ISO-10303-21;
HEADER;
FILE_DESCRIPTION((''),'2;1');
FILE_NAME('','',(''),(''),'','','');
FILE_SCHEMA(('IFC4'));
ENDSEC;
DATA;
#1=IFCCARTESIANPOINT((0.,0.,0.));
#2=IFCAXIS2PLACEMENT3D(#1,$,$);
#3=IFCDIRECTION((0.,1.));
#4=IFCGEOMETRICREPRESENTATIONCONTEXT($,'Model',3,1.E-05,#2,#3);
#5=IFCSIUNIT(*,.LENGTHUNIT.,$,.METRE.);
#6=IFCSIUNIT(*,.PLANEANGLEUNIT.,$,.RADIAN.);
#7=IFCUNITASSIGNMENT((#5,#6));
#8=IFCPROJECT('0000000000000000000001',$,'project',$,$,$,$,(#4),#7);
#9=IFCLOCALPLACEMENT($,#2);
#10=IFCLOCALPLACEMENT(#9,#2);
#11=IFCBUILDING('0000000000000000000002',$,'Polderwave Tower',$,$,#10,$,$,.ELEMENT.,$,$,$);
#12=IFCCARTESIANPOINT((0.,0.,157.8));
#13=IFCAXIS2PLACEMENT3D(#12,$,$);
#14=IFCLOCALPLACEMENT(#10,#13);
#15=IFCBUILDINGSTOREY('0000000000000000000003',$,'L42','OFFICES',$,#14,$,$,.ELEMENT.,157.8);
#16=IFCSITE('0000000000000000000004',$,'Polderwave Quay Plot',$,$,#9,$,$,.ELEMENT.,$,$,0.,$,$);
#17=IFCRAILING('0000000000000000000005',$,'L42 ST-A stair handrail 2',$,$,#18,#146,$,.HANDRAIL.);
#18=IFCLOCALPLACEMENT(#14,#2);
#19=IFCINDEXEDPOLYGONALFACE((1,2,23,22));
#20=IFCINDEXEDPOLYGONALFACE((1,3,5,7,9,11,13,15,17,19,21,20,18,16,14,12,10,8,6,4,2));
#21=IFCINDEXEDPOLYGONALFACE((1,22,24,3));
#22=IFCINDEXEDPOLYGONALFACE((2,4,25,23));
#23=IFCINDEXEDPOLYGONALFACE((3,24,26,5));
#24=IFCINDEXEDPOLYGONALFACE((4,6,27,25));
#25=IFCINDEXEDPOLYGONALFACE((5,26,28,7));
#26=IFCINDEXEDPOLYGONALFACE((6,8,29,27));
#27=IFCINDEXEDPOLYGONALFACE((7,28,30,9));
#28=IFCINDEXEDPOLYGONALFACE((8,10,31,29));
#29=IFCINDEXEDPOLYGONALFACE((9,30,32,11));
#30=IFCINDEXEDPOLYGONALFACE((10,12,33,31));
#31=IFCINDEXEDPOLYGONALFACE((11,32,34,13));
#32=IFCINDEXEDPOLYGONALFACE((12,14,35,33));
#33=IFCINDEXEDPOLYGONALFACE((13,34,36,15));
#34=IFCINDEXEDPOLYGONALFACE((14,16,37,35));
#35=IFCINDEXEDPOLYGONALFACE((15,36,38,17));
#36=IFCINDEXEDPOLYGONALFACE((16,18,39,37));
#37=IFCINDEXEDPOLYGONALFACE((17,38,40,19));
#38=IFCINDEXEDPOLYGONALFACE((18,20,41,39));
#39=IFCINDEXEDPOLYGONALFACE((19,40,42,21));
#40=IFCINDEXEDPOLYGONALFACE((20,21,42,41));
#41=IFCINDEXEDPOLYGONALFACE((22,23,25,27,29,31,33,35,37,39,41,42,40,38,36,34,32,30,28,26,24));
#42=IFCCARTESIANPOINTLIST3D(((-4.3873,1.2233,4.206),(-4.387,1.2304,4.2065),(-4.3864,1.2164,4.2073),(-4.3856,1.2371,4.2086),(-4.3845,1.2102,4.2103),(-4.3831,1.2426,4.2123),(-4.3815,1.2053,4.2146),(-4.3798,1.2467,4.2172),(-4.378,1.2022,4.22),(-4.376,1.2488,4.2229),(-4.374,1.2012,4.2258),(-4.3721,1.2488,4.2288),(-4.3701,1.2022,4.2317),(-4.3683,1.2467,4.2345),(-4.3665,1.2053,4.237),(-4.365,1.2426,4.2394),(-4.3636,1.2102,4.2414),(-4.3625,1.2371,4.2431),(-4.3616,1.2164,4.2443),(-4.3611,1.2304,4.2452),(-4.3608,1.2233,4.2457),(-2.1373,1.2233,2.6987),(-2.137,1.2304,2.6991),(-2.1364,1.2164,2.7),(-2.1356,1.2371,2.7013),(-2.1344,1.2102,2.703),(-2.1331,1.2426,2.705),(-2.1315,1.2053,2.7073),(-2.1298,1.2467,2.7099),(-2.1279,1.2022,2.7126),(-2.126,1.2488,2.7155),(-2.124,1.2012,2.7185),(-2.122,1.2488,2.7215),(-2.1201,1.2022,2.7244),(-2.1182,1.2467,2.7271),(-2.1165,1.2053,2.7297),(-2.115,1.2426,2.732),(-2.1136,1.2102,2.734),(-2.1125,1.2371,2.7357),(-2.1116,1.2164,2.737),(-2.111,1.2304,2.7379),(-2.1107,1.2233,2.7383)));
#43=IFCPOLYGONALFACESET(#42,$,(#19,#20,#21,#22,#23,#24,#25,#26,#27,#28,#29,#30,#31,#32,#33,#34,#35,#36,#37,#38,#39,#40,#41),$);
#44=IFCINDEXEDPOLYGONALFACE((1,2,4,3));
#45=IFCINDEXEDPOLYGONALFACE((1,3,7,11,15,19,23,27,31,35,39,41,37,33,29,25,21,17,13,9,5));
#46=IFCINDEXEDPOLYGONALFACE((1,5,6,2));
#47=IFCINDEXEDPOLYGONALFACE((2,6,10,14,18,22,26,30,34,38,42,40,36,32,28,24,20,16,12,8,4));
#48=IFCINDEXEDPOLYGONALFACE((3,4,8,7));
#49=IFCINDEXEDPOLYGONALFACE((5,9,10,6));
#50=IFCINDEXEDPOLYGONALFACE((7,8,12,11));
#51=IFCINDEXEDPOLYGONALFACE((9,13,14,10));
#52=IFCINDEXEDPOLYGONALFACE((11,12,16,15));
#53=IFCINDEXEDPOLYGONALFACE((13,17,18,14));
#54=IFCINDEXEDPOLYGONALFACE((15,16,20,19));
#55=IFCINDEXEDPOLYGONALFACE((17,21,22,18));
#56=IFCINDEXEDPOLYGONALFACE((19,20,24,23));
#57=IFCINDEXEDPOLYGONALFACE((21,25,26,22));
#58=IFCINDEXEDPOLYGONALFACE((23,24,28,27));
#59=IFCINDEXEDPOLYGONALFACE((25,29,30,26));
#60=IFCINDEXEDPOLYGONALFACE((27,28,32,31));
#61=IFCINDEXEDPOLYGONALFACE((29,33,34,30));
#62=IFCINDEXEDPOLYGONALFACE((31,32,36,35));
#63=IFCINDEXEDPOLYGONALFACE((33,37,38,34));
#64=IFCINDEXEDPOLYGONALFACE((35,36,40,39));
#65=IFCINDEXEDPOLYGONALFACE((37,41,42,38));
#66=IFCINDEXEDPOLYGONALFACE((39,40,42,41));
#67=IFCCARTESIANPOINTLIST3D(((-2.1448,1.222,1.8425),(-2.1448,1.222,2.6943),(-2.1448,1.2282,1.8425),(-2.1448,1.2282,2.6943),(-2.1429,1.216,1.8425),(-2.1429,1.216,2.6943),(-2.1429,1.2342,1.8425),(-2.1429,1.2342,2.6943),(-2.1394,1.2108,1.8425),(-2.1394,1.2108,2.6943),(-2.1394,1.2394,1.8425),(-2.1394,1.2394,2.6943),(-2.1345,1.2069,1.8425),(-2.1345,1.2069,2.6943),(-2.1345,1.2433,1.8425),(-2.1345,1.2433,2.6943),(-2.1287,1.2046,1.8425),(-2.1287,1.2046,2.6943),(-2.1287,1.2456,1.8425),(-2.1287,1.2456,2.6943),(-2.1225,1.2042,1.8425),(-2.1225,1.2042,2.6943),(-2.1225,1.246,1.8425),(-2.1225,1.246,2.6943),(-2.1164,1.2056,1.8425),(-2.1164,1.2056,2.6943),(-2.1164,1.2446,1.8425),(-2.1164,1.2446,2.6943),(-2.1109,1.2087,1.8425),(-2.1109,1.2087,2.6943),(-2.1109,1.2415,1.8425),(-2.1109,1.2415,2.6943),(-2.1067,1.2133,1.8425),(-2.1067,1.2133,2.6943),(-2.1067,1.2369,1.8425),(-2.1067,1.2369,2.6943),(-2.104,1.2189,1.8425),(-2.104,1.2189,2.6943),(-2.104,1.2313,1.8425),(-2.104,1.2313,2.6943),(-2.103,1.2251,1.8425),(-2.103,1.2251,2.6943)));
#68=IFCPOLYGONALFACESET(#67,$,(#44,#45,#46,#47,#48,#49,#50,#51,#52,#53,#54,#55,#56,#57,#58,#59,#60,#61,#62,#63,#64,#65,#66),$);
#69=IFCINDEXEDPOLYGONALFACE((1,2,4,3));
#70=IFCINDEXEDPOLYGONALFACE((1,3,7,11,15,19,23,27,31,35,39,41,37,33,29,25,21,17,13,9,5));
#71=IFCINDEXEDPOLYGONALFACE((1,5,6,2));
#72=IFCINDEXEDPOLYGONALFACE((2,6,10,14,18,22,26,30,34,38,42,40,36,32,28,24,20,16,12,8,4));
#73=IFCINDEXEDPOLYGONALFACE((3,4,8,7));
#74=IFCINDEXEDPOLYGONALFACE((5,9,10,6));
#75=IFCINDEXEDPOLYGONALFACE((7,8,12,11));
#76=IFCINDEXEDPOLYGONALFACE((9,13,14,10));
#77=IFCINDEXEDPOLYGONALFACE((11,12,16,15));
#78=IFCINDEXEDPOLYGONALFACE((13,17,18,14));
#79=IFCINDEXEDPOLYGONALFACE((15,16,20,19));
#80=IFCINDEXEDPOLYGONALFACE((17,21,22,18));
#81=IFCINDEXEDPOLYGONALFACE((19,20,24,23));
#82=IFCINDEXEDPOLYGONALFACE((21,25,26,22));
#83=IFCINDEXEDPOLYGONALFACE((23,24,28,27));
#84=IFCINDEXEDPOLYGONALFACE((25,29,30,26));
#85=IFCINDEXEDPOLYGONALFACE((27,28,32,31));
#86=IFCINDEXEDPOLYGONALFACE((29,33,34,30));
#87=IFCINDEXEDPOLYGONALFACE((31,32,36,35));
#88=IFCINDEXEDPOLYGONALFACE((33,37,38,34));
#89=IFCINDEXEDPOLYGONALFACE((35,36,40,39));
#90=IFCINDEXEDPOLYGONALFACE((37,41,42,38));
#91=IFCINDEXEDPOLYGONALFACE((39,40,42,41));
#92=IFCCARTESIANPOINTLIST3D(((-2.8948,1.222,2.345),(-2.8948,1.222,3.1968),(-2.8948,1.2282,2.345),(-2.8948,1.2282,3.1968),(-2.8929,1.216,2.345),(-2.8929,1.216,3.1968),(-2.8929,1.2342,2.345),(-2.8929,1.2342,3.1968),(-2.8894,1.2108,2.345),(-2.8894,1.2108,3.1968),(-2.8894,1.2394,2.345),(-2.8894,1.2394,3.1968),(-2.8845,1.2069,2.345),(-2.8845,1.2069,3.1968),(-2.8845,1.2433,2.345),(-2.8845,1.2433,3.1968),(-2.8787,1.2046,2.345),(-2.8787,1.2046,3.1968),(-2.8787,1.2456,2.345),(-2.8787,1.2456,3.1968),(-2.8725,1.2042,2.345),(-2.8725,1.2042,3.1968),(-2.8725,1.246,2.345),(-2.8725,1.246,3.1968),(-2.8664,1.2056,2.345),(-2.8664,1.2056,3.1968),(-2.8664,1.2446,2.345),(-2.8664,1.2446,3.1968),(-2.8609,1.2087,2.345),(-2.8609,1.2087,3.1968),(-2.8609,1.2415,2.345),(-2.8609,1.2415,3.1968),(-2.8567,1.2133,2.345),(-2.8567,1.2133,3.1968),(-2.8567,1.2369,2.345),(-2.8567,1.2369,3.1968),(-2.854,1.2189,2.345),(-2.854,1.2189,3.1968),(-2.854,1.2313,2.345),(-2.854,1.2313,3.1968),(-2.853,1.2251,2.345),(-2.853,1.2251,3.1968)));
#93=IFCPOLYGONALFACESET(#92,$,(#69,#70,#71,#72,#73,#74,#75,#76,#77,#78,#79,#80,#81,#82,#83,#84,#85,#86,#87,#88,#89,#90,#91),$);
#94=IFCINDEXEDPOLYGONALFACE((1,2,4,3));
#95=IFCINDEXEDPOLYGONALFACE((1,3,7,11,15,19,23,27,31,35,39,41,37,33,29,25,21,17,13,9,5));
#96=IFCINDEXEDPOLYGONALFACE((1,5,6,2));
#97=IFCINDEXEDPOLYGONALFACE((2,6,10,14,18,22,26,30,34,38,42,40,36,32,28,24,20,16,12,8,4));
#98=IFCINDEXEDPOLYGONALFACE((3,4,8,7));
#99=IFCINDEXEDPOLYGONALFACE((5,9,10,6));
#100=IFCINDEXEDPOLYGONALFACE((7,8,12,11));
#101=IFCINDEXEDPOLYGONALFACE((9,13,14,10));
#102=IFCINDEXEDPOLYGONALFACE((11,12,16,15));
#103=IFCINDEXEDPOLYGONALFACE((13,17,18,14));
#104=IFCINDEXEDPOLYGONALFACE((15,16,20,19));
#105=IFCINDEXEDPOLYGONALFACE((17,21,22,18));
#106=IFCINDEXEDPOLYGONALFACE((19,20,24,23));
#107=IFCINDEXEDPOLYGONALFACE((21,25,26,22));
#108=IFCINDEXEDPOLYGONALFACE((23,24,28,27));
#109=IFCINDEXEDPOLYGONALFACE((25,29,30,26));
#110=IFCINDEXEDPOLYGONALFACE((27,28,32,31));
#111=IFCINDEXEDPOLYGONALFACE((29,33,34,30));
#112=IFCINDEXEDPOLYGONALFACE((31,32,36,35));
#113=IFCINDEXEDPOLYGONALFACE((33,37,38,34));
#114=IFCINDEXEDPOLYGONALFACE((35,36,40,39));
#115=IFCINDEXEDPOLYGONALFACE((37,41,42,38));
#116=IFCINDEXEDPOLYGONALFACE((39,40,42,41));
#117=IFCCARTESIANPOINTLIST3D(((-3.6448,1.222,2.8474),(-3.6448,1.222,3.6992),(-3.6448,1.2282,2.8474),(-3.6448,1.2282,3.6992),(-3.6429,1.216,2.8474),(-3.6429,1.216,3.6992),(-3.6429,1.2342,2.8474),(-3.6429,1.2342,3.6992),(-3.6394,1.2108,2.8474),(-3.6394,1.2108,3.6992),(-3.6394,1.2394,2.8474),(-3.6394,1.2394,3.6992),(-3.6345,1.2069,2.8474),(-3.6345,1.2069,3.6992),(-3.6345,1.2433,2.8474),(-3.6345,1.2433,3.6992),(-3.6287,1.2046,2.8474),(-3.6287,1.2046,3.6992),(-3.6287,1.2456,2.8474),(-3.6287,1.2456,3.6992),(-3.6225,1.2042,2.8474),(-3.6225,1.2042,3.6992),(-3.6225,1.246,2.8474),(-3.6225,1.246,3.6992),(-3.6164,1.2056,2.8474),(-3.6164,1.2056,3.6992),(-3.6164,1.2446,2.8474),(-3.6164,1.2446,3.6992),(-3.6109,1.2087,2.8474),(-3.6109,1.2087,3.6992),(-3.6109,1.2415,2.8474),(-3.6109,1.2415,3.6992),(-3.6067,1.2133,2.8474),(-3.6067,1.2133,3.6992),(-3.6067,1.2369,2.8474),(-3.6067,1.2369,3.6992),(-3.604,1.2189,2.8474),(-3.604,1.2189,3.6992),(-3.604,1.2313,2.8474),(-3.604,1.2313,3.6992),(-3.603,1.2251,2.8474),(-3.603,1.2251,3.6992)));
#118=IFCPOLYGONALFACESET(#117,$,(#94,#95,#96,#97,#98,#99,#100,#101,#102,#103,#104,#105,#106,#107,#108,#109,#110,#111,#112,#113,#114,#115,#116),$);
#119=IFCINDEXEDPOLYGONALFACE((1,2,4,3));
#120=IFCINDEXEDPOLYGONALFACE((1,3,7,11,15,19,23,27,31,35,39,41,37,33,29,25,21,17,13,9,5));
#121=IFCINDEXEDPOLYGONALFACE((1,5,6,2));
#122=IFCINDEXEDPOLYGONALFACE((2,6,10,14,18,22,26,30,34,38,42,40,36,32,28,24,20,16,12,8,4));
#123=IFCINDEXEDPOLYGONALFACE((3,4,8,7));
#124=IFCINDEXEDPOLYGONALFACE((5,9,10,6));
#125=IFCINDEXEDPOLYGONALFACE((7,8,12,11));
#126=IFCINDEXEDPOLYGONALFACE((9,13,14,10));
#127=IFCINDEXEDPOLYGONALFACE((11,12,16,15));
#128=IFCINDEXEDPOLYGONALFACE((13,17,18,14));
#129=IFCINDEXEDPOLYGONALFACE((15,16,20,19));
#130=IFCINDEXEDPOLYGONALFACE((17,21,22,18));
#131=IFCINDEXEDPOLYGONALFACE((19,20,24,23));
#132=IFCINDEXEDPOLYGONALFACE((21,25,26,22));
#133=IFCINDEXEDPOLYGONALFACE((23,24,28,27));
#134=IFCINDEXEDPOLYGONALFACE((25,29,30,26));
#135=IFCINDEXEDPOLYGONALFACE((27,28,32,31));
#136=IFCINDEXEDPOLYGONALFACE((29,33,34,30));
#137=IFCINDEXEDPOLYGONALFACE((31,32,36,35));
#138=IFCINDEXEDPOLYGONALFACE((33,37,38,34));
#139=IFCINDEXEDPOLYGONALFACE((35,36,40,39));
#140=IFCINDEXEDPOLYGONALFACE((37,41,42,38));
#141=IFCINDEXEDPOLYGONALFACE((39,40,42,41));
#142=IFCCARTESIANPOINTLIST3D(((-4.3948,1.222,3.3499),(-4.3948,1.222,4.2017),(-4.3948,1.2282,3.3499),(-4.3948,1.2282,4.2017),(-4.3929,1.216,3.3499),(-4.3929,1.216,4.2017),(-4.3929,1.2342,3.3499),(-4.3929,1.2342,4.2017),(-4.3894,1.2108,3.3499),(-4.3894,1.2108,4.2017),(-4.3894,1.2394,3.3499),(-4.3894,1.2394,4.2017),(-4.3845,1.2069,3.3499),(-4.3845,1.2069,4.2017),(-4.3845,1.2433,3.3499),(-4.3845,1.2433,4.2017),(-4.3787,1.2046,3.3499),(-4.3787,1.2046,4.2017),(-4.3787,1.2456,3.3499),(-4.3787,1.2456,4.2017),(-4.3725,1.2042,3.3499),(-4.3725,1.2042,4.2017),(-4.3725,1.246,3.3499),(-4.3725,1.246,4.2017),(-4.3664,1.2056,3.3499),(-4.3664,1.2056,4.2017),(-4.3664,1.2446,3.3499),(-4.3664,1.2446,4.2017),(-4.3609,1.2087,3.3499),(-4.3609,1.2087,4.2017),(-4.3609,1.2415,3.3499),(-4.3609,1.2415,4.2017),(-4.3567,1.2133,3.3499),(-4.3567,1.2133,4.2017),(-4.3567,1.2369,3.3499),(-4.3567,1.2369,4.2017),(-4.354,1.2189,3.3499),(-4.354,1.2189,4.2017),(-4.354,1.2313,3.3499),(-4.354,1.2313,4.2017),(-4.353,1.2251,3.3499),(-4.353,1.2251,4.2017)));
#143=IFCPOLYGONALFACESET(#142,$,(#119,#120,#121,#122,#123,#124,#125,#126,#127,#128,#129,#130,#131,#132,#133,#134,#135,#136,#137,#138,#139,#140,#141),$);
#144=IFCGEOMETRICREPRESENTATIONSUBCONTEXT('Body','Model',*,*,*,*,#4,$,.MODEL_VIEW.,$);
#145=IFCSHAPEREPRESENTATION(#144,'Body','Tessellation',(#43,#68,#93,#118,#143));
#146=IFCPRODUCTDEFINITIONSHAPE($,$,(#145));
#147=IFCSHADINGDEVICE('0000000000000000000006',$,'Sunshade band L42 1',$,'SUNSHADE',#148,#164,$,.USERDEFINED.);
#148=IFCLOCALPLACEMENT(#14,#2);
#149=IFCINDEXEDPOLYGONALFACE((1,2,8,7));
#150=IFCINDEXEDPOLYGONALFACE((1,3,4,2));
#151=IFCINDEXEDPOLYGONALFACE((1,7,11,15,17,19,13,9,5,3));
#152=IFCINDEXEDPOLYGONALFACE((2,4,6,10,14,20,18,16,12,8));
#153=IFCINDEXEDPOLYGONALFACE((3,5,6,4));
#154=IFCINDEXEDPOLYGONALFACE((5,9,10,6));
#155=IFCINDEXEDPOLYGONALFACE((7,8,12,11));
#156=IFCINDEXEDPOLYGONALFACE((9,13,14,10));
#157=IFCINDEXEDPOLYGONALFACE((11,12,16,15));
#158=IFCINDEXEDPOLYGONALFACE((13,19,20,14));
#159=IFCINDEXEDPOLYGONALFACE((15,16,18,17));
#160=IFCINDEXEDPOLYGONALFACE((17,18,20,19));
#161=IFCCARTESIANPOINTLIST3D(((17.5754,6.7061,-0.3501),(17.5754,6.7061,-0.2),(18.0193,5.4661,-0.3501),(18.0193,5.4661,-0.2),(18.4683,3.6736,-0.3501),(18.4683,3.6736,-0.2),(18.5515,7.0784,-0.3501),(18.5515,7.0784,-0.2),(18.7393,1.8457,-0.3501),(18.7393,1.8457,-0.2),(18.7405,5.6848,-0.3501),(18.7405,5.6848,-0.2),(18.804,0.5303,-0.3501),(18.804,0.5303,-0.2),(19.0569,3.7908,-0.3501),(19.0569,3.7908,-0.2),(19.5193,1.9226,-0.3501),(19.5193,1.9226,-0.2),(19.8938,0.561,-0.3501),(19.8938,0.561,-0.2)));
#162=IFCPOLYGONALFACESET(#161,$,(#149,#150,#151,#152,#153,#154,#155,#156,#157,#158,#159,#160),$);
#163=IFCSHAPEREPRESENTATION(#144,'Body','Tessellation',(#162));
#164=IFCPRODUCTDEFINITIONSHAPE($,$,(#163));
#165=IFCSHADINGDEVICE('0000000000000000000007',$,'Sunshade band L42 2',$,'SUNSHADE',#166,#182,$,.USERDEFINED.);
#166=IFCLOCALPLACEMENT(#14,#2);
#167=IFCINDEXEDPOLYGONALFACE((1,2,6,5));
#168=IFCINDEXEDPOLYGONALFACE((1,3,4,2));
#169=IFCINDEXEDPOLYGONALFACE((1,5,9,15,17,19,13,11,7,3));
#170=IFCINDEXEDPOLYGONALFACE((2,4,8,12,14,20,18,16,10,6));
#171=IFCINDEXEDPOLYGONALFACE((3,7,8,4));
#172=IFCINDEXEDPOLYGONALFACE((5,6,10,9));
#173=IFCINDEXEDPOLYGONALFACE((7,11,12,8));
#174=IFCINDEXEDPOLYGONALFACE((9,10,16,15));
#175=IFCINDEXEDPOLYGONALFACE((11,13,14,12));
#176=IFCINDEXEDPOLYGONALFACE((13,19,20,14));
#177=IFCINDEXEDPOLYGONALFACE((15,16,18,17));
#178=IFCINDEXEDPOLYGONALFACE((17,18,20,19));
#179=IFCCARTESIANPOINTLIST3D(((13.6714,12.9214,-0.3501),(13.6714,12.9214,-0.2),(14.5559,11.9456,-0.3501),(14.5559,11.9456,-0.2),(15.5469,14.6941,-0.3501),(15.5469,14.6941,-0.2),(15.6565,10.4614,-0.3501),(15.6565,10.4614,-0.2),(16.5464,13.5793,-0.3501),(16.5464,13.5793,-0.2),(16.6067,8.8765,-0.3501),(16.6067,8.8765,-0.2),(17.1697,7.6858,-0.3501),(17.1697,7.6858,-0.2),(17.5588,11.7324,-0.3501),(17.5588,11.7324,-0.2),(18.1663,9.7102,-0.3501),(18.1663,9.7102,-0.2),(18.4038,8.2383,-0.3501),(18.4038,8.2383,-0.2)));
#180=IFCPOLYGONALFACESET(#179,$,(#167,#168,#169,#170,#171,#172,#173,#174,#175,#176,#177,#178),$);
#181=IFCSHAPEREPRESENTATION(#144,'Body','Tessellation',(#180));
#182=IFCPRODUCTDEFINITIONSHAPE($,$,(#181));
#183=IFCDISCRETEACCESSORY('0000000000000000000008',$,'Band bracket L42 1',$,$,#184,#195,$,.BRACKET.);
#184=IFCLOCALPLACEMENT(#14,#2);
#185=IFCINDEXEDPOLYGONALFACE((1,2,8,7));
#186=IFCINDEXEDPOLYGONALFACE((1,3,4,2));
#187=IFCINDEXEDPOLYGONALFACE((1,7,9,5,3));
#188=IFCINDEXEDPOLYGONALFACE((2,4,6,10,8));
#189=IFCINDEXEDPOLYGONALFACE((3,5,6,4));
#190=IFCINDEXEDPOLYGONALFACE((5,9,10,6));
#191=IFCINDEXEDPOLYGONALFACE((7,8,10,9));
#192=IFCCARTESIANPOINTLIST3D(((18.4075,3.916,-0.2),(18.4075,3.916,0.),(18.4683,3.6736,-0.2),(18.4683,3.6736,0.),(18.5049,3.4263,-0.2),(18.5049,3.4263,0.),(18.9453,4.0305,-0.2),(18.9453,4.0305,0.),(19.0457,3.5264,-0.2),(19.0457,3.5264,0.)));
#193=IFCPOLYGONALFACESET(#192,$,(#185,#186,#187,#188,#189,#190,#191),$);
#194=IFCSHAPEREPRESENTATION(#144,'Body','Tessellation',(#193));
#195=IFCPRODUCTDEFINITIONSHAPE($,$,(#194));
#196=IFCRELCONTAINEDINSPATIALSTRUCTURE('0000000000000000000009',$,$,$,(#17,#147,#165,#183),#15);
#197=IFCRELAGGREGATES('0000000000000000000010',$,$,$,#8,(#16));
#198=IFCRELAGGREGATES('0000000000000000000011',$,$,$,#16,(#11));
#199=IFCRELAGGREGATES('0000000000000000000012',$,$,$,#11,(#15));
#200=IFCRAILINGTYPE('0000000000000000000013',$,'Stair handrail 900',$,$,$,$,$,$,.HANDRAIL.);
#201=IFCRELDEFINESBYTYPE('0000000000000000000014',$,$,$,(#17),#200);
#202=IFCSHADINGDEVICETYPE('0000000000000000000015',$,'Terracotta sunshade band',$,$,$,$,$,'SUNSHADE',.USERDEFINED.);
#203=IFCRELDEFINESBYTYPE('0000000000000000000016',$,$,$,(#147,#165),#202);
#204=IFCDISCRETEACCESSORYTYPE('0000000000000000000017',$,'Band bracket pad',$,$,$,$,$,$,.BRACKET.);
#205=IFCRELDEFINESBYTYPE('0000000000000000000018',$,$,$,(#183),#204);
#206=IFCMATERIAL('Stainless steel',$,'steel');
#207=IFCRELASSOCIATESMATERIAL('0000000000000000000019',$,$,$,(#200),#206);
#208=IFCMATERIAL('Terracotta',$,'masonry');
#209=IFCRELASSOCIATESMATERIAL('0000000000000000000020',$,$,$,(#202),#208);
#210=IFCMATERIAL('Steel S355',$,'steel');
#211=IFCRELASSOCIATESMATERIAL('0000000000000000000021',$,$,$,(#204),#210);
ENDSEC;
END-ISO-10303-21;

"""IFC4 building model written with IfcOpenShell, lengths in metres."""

from ifc_helpers import new_model, si_unit, direction, frame, origin, origin_2d, place, context, subcontext, project, spatial, polyline, circle, outline, extrude, material, type_object, element, save


model = new_model("IFC4")

# Units and contexts
model_context = context("Model", 3, precision=1e-05, world=origin(), true_north=direction((0.0, 1.0)))
body_context = subcontext(model_context, "Body", "Model", "MODEL_VIEW")
ifc_project = project(units=[si_unit("LENGTHUNIT", "METRE"), si_unit("PLANEANGLEUNIT", "RADIAN")], contexts=[model_context])

# Site, building, storey
site_placement = place(None, origin())
site = spatial("IfcSite", under=ifc_project, at=site_placement, Name="Polderwave Quay Plot", CompositionType="ELEMENT", RefElevation=0.0)
building_placement = place(site_placement, origin())
building = spatial("IfcBuilding", under=site, at=building_placement, Name="Polderwave Tower", CompositionType="ELEMENT")
storey_placement = place(building_placement, frame((0.0, 0.0, 157.8)))
storey = spatial("IfcBuildingStorey", under=building, at=storey_placement, Name="L42", Description="OFFICES", CompositionType="ELEMENT", Elevation=157.8)

# Shared definitions
ifc_material_1 = material(Name="Stainless steel", Category="steel")

# Railing
railing_type_1 = type_object("IfcRailingType", Name="Stair handrail 900", PredefinedType="HANDRAIL", material=ifc_material_1)
railing_1_placement = place(storey_placement, frame((-2.124, 1.2251, 1.8425)))
element("IfcRailing", 1, at=railing_1_placement, inside=storey, type_object=railing_type_1, Name="L42 ST-A stair handrail 2", PredefinedType="HANDRAIL", context=body_context, shape_type="SweptSolid", body=[
    extrude(circle(Radius=0.0239, at=origin_2d()), frame((0.0, 0.0, 0.876), z_axis=(-0.8308, 0.0, 0.556571), x_axis=(0.0, -1.0, 0.0)), (0.0, 0.0, 1.0), 2.7083),
    extrude(circle(Radius=0.021, at=origin_2d()), origin(), (0.0, 0.0, 1.0), 0.8518),
    extrude(circle(Radius=0.021, at=origin_2d()), frame((-0.75, 0.0, 0.5024)), (0.0, 0.0, 1.0), 0.8518),
    extrude(circle(Radius=0.021, at=origin_2d()), frame((-1.5, 0.0, 1.0049)), (0.0, 0.0, 1.0), 0.8518),
    extrude(circle(Radius=0.021, at=origin_2d()), frame((-2.25, 0.0, 1.5073)), (0.0, 0.0, 1.0), 0.8518),
])

# Shading devices
ifc_material_2 = material(Name="Terracotta", Category="masonry")
shading_device_type = type_object("IfcShadingDeviceType", Name="Terracotta sunshade band", ElementType="SUNSHADE", PredefinedType="USERDEFINED", material=ifc_material_2)
shading_device_1_placement = place(storey_placement, frame((0.0, 0.0, -0.3501)))
element("IfcShadingDevice", 2, at=shading_device_1_placement, inside=storey, type_object=shading_device_type, Name="Sunshade band L42 1", ObjectType="SUNSHADE", PredefinedType="USERDEFINED", context=body_context, shape_type="SweptSolid", body=[
    extrude(outline(polyline([(18.804, 0.5303), (18.7393, 1.8457), (18.4683, 3.6736), (18.0193, 5.4661), (17.5754, 6.7061), (18.5515, 7.0784), (18.7405, 5.6848), (19.0569, 3.7908), (19.5193, 1.9226), (19.8938, 0.561), (18.804, 0.5303)])), origin(), (0.0, 0.0, 1.0), 0.1501),
])
shading_device_2_placement = place(storey_placement, frame((0.0, 0.0, -0.3501)))
element("IfcShadingDevice", 3, at=shading_device_2_placement, inside=storey, type_object=shading_device_type, Name="Sunshade band L42 2", ObjectType="SUNSHADE", PredefinedType="USERDEFINED", context=body_context, shape_type="SweptSolid", body=[
    extrude(outline(polyline([(17.1697, 7.6858), (16.6067, 8.8765), (15.6565, 10.4614), (14.5559, 11.9456), (13.6714, 12.9214), (15.5469, 14.6941), (16.5464, 13.5793), (17.5588, 11.7324), (18.1663, 9.7102), (18.4038, 8.2383), (17.1697, 7.6858)])), origin(), (0.0, 0.0, 1.0), 0.1501),
])

# Discrete accessory
ifc_material_3 = material(Name="Steel S355", Category="steel")
discrete_accessory_type = type_object("IfcDiscreteAccessoryType", Name="Band bracket pad", PredefinedType="BRACKET", material=ifc_material_3)
discrete_accessory_placement = place(storey_placement, frame((0.0, 0.0, -0.2)))
element("IfcDiscreteAccessory", 4, at=discrete_accessory_placement, inside=storey, type_object=discrete_accessory_type, Name="Band bracket L42 1", PredefinedType="BRACKET", context=body_context, shape_type="SweptSolid", body=[
    extrude(outline(polyline([(18.5049, 3.4263), (18.4683, 3.6736), (18.4075, 3.916), (18.9453, 4.0305), (19.0457, 3.5264), (18.5049, 3.4263)])), origin(), (0.0, 0.0, 1.0), 0.2),
])

save(model, "model.ifc")
